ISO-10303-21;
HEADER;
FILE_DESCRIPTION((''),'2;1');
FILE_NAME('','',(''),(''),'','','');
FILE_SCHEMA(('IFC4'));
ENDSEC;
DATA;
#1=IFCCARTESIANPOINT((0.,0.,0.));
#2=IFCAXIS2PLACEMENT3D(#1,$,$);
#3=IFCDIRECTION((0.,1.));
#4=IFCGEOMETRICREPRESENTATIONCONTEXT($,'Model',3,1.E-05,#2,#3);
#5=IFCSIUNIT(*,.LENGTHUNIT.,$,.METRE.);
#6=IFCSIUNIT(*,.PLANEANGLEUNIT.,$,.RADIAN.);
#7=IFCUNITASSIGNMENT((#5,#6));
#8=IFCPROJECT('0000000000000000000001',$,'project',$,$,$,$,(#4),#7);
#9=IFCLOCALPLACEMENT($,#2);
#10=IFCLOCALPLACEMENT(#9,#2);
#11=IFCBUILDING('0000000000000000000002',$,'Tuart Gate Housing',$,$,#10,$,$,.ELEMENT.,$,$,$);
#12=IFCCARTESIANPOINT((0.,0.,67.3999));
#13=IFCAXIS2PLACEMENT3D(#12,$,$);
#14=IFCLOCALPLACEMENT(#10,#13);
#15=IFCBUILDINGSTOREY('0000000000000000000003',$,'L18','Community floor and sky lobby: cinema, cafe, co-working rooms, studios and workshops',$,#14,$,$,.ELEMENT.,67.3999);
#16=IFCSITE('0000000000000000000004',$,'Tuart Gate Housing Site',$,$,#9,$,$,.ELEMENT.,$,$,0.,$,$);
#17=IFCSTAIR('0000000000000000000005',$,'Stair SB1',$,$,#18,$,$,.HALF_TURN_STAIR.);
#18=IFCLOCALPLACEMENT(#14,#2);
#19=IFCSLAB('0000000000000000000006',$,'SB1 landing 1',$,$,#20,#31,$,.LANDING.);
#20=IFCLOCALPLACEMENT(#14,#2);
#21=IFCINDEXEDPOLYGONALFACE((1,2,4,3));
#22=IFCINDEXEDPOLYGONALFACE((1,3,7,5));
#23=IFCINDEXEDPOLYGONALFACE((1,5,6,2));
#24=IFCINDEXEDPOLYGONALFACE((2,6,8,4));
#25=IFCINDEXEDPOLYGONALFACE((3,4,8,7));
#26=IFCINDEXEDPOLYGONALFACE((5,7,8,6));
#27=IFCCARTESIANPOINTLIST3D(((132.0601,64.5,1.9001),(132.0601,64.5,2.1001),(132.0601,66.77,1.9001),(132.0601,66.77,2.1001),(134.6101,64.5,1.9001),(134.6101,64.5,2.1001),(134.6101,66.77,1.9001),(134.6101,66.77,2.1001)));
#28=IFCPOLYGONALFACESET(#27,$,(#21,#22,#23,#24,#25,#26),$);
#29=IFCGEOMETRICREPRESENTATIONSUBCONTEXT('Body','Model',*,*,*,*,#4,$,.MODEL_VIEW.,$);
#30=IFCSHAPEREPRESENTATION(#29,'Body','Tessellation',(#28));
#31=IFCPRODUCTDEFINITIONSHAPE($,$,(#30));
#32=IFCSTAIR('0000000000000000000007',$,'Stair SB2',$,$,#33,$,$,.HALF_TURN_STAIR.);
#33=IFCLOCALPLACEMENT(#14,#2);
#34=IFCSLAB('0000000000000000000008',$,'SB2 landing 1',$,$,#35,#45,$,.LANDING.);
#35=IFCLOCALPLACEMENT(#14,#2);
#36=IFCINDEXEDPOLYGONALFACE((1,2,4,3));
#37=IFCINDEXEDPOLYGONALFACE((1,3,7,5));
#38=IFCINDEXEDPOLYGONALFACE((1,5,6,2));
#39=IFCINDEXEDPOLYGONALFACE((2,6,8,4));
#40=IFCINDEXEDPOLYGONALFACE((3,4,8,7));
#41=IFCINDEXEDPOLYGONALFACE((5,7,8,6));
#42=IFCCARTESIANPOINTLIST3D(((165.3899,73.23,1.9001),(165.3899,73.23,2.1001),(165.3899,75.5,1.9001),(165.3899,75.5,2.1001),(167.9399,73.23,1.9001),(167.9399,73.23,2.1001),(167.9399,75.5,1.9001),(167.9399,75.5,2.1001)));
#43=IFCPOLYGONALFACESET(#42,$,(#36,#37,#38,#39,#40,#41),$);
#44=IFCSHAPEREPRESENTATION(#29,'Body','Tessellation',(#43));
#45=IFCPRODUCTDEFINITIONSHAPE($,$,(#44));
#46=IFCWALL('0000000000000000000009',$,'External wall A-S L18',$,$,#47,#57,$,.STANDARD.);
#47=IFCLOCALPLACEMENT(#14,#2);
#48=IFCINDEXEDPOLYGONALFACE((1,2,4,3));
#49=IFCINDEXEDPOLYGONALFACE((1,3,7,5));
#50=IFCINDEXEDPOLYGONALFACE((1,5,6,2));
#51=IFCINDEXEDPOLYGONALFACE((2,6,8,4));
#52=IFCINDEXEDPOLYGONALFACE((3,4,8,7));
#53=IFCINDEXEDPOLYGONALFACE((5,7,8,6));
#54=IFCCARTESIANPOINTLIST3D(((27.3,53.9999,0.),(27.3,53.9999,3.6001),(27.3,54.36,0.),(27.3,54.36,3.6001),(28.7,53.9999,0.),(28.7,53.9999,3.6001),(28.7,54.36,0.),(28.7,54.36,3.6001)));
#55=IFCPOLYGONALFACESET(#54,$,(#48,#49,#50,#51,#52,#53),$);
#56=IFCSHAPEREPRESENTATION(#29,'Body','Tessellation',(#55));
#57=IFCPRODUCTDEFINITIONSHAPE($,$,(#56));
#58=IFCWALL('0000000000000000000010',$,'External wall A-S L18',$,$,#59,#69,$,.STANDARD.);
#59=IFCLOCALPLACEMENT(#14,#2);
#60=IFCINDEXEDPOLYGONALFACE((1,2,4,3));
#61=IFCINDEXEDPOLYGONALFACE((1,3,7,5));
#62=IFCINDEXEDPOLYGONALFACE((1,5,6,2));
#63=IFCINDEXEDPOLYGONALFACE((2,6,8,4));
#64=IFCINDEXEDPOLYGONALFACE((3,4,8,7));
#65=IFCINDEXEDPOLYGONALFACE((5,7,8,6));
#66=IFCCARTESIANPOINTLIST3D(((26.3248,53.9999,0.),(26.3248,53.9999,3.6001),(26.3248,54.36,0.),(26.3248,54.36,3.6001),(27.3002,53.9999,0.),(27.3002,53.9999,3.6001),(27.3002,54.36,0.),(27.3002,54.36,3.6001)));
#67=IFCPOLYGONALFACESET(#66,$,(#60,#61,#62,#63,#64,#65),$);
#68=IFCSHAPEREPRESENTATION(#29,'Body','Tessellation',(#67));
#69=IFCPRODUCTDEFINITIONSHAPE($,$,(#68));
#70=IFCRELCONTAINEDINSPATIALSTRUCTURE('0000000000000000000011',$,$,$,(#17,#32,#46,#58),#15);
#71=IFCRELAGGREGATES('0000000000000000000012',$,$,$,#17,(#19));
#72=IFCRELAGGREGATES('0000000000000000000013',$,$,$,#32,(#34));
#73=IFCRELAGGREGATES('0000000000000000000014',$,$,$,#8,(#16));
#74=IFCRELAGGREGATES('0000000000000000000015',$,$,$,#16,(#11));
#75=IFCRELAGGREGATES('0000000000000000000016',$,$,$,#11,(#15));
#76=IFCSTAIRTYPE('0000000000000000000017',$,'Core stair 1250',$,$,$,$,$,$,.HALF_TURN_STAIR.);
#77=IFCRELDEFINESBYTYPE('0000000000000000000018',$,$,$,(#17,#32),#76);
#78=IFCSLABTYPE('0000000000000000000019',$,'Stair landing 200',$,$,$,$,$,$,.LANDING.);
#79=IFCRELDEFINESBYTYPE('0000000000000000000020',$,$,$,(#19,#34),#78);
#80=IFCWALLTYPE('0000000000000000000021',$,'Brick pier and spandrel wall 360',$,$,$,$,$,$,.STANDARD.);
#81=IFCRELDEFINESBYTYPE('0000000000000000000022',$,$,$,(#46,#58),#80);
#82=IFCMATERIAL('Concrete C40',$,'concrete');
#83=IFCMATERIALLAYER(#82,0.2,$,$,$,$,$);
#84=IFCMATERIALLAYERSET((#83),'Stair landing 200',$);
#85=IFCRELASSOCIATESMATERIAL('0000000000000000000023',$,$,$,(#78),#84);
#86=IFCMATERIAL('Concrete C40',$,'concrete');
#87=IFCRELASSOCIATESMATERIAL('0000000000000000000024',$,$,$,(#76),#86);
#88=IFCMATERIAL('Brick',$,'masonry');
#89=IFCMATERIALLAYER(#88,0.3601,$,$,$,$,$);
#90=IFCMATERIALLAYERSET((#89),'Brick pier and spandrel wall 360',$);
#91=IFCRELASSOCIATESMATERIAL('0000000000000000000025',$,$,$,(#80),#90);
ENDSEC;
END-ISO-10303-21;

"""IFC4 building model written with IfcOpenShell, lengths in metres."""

from ifc_helpers import new_model, si_unit, direction, frame, frame_2d, origin, place, context, subcontext, project, spatial, polyline, rectangle, outline, extrude, material, layer, layer_set, type_object, element, aggregate, save


model = new_model("IFC4")

# Units and contexts
model_context = context("Model", 3, precision=1e-05, world=origin(), true_north=direction((0.0, 1.0)))
body_context = subcontext(model_context, "Body", "Model", "MODEL_VIEW")
ifc_project = project(units=[si_unit("LENGTHUNIT", "METRE"), si_unit("PLANEANGLEUNIT", "RADIAN")], contexts=[model_context])

# Site, building, storey
site_placement = place(None, origin())
site = spatial("IfcSite", under=ifc_project, at=site_placement, Name="Tuart Gate Housing Site", CompositionType="ELEMENT", RefElevation=0.0)
building_placement = place(site_placement, origin())
building = spatial("IfcBuilding", under=site, at=building_placement, Name="Tuart Gate Housing", CompositionType="ELEMENT")
storey_placement = place(building_placement, frame((0.0, 0.0, 67.3999)))
storey = spatial("IfcBuildingStorey", under=building, at=storey_placement, Name="L18", Description="Community floor and sky lobby: cinema, cafe, co-working rooms, studios and workshops", CompositionType="ELEMENT", Elevation=67.3999)

# Stairs, slabs
ifc_material_1 = material(Name="Concrete C40", Category="concrete")
ifc_layer_1 = layer(ifc_material_1, 0.2)
ifc_layer_set_1 = layer_set([ifc_layer_1], Name="Stair landing 200")
slab_type_1 = type_object("IfcSlabType", Name="Stair landing 200", PredefinedType="LANDING", material=ifc_layer_set_1)
ifc_material_2 = material(Name="Concrete C40", Category="concrete")
stair_type_1 = type_object("IfcStairType", Name="Core stair 1250", PredefinedType="HALF_TURN_STAIR", material=ifc_material_2)
stair_1_placement = place(storey_placement, origin())
stair_1 = element("IfcStair", 1, at=stair_1_placement, inside=storey, type_object=stair_type_1, Name="Stair SB1", PredefinedType="HALF_TURN_STAIR")
slab_1_placement = place(storey_placement, frame((0.0, 0.0, 1.9001)))
slab_1 = element("IfcSlab", 2, at=slab_1_placement, type_object=slab_type_1, Name="SB1 landing 1", PredefinedType="LANDING", context=body_context, shape_type="SweptSolid", body=[
    extrude(outline(polyline([(134.6101, 66.77), (132.0601, 66.77), (132.0601, 64.5), (134.6101, 64.5), (134.6101, 66.77)])), origin(), (0.0, 0.0, 1.0), 0.2),
])
aggregate(stair_1, [slab_1])
stair_2_placement = place(storey_placement, origin())
stair_2 = element("IfcStair", 3, at=stair_2_placement, inside=storey, type_object=stair_type_1, Name="Stair SB2", PredefinedType="HALF_TURN_STAIR")
slab_2_placement = place(storey_placement, frame((0.0, 0.0, 1.9001)))
slab_2 = element("IfcSlab", 4, at=slab_2_placement, type_object=slab_type_1, Name="SB2 landing 1", PredefinedType="LANDING", context=body_context, shape_type="SweptSolid", body=[
    extrude(outline(polyline([(165.3899, 73.23), (167.9399, 73.23), (167.9399, 75.5), (165.3899, 75.5), (165.3899, 73.23)])), origin(), (0.0, 0.0, 1.0), 0.2),
])
aggregate(stair_2, [slab_2])

# Walls
ifc_material_3 = material(Name="Brick", Category="masonry")
ifc_layer_2 = layer(ifc_material_3, 0.3601)
ifc_layer_set_2 = layer_set([ifc_layer_2], Name="Brick pier and spandrel wall 360")
wall_type = type_object("IfcWallType", Name="Brick pier and spandrel wall 360", PredefinedType="STANDARD", material=ifc_layer_set_2)
wall_1_placement = place(storey_placement, frame((27.3, 54.1799, 0.0), z_axis=(0.0, 0.0, 1.0), x_axis=(1.0, 0.0, 0.0)))
element("IfcWall", 5, at=wall_1_placement, inside=storey, type_object=wall_type, Name="External wall A-S L18", PredefinedType="STANDARD", context=body_context, shape_type="SweptSolid", body=[
    extrude(rectangle(XDim=1.3999, YDim=0.3601, at=frame_2d((0.7, 0.0))), origin(), (0.0, 0.0, 1.0), 3.6001),
])
wall_2_placement = place(storey_placement, frame((26.3247, 54.1799, 0.0), z_axis=(0.0, 0.0, 1.0), x_axis=(1.0, 0.0, 0.0)))
element("IfcWall", 6, at=wall_2_placement, inside=storey, type_object=wall_type, Name="External wall A-S L18", PredefinedType="STANDARD", context=body_context, shape_type="SweptSolid", body=[
    extrude(rectangle(XDim=0.9753, YDim=0.3601, at=frame_2d((0.4878, 0.0))), origin(), (0.0, 0.0, 1.0), 3.6001),
])

save(model, "model.ifc")
